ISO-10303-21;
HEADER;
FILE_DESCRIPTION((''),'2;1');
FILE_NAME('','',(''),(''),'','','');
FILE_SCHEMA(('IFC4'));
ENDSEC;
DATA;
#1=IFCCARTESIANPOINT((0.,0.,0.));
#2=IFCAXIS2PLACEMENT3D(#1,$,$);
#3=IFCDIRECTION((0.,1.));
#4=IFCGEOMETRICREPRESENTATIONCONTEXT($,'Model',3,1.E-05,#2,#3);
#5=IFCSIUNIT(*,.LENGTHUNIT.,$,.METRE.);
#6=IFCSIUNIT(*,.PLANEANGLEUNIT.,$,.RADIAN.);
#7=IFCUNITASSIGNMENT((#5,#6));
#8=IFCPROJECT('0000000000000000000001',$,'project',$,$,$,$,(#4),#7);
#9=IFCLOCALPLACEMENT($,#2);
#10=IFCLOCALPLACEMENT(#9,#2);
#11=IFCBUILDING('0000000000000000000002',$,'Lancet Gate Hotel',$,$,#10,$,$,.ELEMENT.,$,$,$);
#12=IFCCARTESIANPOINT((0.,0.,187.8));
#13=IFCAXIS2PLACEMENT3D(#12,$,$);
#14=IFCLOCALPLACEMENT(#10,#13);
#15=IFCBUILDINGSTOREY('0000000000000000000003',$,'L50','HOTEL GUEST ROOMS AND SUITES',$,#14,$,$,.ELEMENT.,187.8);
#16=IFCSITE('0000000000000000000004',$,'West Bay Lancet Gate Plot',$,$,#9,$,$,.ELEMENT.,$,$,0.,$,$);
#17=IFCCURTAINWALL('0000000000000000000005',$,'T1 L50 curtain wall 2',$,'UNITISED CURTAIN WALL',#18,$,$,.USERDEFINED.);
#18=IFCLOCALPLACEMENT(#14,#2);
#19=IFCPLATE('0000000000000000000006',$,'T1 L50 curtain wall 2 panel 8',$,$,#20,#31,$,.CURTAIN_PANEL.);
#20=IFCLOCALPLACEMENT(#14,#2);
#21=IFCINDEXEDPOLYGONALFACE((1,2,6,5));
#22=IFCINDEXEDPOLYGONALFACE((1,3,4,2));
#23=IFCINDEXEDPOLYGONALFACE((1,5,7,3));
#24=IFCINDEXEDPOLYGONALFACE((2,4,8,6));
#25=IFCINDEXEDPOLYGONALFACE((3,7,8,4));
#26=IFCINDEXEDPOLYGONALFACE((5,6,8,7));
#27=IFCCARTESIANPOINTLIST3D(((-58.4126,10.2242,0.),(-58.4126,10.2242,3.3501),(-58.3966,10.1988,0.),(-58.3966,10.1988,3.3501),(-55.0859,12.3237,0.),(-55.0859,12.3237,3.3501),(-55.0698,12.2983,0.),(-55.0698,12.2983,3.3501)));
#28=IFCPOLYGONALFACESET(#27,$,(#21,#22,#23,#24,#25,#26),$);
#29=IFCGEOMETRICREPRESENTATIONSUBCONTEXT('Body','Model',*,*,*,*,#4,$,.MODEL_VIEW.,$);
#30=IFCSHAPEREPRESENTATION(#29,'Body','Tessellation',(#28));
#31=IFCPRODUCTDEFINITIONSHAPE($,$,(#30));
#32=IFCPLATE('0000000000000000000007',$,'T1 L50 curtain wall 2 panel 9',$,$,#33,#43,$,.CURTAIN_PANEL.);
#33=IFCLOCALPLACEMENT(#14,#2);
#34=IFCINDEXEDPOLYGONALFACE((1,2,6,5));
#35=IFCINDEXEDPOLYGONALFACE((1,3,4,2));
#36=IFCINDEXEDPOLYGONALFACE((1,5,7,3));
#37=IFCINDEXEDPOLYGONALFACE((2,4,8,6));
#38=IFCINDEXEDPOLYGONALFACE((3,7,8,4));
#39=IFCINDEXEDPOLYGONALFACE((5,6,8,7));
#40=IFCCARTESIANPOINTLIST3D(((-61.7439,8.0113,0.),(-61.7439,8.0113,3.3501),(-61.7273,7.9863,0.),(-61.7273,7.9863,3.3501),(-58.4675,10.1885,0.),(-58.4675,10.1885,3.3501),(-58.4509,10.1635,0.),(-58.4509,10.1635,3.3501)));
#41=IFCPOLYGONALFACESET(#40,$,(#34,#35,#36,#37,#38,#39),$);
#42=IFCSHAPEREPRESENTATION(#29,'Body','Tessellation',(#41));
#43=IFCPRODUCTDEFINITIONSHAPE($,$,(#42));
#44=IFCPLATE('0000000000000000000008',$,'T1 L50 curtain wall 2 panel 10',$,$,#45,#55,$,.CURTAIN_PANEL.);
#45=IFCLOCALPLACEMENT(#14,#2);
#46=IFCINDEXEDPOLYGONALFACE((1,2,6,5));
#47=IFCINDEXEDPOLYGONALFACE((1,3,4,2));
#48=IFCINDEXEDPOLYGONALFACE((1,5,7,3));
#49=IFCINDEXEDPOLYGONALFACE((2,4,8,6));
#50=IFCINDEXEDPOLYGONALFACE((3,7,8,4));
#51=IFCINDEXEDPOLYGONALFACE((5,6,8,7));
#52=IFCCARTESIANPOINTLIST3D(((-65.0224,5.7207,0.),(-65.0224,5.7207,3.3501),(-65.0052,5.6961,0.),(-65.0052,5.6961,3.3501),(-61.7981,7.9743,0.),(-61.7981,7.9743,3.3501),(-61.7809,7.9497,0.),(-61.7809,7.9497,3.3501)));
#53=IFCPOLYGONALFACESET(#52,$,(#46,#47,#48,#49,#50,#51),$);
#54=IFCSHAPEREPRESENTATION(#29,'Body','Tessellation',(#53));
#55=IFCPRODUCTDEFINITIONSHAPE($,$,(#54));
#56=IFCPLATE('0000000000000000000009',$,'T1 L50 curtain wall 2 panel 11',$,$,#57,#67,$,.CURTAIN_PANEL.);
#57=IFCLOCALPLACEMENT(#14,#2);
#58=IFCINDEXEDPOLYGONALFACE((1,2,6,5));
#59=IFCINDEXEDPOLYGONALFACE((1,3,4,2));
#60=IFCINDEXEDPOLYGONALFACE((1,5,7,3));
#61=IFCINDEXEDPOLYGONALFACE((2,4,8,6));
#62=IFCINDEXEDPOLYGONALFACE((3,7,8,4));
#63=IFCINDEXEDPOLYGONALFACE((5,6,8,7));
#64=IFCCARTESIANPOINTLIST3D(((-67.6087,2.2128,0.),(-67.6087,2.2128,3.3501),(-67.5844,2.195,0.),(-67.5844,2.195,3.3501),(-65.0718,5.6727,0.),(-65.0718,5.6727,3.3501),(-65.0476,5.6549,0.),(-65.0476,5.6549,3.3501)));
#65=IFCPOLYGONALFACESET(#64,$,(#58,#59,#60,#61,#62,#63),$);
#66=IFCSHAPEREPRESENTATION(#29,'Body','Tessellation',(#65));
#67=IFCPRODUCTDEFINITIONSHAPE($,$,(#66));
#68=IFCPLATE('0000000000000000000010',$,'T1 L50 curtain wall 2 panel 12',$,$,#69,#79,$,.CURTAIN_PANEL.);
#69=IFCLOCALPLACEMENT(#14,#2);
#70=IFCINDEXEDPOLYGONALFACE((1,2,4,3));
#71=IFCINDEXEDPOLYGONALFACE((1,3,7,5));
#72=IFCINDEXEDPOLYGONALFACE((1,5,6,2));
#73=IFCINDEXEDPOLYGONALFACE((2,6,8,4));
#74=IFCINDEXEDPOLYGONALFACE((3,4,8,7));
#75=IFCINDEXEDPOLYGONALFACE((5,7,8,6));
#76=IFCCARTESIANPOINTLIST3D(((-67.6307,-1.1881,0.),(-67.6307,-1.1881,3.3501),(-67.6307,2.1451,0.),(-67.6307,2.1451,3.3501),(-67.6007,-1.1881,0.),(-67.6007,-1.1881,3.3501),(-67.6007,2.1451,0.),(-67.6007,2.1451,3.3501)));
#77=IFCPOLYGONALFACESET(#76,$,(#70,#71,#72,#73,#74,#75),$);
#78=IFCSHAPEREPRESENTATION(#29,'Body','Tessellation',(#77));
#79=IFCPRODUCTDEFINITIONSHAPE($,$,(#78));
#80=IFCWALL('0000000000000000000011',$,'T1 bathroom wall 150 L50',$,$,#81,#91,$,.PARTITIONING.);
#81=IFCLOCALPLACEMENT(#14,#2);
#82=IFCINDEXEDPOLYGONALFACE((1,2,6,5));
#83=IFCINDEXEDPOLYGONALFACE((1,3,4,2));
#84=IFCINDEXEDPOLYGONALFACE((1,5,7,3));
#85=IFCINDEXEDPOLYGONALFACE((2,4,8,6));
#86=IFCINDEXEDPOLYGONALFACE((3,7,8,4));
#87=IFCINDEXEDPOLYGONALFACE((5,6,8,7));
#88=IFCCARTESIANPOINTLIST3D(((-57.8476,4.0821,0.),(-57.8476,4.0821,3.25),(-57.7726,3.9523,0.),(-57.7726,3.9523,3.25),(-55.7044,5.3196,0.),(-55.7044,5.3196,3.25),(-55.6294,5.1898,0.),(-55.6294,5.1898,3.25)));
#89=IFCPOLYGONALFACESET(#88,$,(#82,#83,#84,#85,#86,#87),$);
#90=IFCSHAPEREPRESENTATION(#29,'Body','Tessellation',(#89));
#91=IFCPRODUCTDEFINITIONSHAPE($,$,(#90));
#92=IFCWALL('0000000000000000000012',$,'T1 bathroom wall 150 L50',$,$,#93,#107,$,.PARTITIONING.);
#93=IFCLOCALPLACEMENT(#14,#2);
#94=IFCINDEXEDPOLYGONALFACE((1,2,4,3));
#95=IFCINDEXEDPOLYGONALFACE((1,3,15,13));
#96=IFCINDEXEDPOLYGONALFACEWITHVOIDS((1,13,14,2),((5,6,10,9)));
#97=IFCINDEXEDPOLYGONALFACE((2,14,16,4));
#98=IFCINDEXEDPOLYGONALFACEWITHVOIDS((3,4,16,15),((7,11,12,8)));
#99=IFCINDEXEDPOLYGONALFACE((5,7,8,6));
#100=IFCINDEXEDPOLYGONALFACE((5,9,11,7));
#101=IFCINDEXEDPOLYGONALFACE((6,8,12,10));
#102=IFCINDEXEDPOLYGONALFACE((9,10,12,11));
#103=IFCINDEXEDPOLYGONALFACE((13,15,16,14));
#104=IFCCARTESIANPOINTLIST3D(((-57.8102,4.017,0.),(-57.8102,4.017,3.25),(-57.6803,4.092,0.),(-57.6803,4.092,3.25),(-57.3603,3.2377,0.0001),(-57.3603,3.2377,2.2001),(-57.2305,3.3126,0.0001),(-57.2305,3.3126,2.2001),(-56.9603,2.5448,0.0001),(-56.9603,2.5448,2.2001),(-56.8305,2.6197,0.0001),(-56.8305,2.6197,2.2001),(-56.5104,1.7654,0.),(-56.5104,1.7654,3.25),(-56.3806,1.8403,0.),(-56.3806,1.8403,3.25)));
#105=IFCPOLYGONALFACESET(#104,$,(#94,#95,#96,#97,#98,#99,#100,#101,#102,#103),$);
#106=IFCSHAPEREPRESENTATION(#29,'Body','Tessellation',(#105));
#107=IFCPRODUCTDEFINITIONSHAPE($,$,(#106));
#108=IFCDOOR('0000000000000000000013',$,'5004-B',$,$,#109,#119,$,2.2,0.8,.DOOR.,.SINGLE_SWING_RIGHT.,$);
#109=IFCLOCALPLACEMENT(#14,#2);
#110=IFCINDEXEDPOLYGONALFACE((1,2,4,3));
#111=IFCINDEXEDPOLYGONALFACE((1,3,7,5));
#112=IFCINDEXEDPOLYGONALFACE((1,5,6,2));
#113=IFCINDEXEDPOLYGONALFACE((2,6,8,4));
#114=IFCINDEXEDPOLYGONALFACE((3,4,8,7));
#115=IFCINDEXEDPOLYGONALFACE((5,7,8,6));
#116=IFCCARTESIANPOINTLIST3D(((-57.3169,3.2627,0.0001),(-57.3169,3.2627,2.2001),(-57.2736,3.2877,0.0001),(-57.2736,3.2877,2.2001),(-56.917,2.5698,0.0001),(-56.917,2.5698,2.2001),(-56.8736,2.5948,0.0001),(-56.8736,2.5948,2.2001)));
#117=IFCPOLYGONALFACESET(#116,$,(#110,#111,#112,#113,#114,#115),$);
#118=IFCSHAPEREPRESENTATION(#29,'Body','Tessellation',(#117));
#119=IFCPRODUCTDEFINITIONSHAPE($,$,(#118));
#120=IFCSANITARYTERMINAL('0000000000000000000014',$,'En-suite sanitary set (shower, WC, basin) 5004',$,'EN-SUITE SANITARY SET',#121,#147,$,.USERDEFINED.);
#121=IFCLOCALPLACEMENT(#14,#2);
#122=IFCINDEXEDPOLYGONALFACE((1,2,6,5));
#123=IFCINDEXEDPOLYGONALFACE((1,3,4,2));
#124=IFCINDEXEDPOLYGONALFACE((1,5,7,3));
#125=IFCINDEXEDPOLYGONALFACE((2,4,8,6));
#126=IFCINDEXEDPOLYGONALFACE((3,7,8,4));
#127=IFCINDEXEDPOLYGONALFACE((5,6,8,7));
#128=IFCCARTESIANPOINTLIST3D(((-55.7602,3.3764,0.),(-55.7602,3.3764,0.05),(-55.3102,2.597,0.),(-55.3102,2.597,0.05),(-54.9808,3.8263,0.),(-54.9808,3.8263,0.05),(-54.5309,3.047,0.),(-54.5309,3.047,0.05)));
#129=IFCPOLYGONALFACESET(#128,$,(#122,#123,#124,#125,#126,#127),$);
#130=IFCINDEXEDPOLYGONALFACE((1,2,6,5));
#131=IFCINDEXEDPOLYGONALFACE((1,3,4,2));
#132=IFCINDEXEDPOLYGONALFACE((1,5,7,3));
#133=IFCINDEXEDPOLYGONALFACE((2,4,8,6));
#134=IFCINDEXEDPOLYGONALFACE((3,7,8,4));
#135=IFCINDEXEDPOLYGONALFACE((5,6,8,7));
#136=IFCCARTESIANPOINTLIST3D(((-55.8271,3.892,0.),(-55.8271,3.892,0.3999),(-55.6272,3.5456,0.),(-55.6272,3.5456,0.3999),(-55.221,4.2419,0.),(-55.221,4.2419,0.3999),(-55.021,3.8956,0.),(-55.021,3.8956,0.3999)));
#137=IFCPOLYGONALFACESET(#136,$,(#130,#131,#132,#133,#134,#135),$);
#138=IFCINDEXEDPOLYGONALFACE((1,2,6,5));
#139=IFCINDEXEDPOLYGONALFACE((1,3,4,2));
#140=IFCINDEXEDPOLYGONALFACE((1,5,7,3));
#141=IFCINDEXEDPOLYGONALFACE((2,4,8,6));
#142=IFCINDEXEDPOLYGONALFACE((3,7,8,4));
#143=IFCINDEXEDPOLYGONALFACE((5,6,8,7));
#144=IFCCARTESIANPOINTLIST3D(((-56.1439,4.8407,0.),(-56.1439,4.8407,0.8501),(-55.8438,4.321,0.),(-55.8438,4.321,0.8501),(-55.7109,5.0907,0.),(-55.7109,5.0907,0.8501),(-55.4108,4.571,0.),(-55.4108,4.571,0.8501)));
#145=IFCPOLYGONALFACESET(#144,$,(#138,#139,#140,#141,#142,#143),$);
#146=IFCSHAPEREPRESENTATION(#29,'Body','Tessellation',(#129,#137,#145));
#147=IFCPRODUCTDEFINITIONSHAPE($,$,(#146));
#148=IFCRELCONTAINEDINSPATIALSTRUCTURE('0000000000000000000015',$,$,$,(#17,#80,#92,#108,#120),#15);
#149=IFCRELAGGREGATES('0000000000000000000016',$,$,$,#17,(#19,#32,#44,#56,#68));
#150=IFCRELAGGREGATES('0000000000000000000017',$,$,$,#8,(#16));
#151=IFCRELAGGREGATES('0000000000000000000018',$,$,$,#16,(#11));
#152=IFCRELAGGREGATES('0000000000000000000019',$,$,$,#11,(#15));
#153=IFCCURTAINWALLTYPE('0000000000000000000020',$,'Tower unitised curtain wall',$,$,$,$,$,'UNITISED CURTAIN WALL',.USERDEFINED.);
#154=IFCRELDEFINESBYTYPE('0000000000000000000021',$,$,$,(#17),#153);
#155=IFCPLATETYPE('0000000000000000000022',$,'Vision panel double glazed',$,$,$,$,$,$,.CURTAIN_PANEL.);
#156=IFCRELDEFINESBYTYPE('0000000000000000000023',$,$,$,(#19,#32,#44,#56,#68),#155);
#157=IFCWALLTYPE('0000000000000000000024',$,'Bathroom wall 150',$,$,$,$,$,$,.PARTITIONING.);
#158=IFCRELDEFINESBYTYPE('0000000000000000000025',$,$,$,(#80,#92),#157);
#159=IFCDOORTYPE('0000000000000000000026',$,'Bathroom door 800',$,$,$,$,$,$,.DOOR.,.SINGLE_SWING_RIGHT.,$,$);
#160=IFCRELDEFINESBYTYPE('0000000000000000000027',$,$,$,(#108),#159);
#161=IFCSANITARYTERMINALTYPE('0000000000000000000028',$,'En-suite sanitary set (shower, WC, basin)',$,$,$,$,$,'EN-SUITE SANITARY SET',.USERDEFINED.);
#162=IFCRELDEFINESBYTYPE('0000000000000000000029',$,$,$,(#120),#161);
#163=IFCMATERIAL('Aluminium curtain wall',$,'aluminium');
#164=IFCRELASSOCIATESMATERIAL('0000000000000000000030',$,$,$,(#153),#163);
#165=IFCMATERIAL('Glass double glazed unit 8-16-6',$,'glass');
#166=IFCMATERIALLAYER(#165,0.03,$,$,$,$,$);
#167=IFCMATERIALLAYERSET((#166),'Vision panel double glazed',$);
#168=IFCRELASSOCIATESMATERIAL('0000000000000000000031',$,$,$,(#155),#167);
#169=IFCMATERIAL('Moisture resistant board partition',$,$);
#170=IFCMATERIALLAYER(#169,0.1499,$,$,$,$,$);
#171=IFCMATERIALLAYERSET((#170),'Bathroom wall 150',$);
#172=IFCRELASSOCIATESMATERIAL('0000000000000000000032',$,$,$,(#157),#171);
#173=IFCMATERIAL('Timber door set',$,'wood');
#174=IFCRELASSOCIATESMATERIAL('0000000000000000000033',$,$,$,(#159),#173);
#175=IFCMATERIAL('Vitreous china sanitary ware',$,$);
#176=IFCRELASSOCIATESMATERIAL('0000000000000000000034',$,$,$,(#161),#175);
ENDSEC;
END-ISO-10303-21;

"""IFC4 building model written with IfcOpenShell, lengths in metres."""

from ifc_helpers import new_model, si_unit, direction, frame, frame_2d, origin, origin_2d, place, context, subcontext, project, spatial, rectangle, extrude, material, layer, layer_set, type_object, element, fill, aggregate, save


model = new_model("IFC4")

# Units and contexts
model_context = context("Model", 3, precision=1e-05, world=origin(), true_north=direction((0.0, 1.0)))
body_context = subcontext(model_context, "Body", "Model", "MODEL_VIEW")
ifc_project = project(units=[si_unit("LENGTHUNIT", "METRE"), si_unit("PLANEANGLEUNIT", "RADIAN")], contexts=[model_context])

# Site, building, storey
site_placement = place(None, origin())
site = spatial("IfcSite", under=ifc_project, at=site_placement, Name="West Bay Lancet Gate Plot", CompositionType="ELEMENT", RefElevation=0.0)
building_placement = place(site_placement, origin())
building = spatial("IfcBuilding", under=site, at=building_placement, Name="Lancet Gate Hotel", CompositionType="ELEMENT")
storey_placement = place(building_placement, frame((0.0, 0.0, 187.8)))
storey = spatial("IfcBuildingStorey", under=building, at=storey_placement, Name="L50", Description="HOTEL GUEST ROOMS AND SUITES", CompositionType="ELEMENT", Elevation=187.8)

# Curtain wall
ifc_material_1 = material(Name="Aluminium curtain wall", Category="aluminium")
curtain_wall_type = type_object("IfcCurtainWallType", Name="Tower unitised curtain wall", ElementType="UNITISED CURTAIN WALL", PredefinedType="USERDEFINED", material=ifc_material_1)
curtain_wall_placement = place(storey_placement, origin())
curtain_wall = element("IfcCurtainWall", 1, at=curtain_wall_placement, inside=storey, type_object=curtain_wall_type, Name="T1 L50 curtain wall 2", ObjectType="UNITISED CURTAIN WALL", PredefinedType="USERDEFINED")

# Plates
ifc_material_2 = material(Name="Glass double glazed unit 8-16-6", Category="glass")
ifc_layer_1 = layer(ifc_material_2, 0.03)
ifc_layer_set_1 = layer_set([ifc_layer_1], Name="Vision panel double glazed")
plate_type = type_object("IfcPlateType", Name="Vision panel double glazed", PredefinedType="CURTAIN_PANEL", material=ifc_layer_set_1)
plate_1_placement = place(storey_placement, frame((-56.7412, 11.2612, 0.0), z_axis=(0.0, 0.0, 1.0), x_axis=(-0.845667, -0.533711, 0.0)))
plate_1 = element("IfcPlate", 2, at=plate_1_placement, type_object=plate_type, Name="T1 L50 curtain wall 2 panel 8", PredefinedType="CURTAIN_PANEL", context=body_context, shape_type="SweptSolid", body=[
    extrude(rectangle(XDim=3.9338, YDim=0.03, at=origin_2d()), origin(), (0.0, 0.0, 1.0), 3.3501),
])
plate_2_placement = place(storey_placement, frame((-60.0974, 9.0874, 0.0), z_axis=(0.0, 0.0, 1.0), x_axis=(-0.832879, -0.553455, 0.0)))
plate_2 = element("IfcPlate", 3, at=plate_2_placement, type_object=plate_type, Name="T1 L50 curtain wall 2 panel 9", PredefinedType="CURTAIN_PANEL", context=body_context, shape_type="SweptSolid", body=[
    extrude(rectangle(XDim=3.9338, YDim=0.03, at=origin_2d()), origin(), (0.0, 0.0, 1.0), 3.3501),
])
plate_3_placement = place(storey_placement, frame((-63.4016, 6.8352, 0.0), z_axis=(0.0, 0.0, 1.0), x_axis=(-0.819631, -0.572892, 0.0)))
plate_3 = element("IfcPlate", 4, at=plate_3_placement, type_object=plate_type, Name="T1 L50 curtain wall 2 panel 10", PredefinedType="CURTAIN_PANEL", context=body_context, shape_type="SweptSolid", body=[
    extrude(rectangle(XDim=3.9338, YDim=0.03, at=origin_2d()), origin(), (0.0, 0.0, 1.0), 3.3501),
])
plate_4_placement = place(storey_placement, frame((-66.3281, 3.9338, 0.0), z_axis=(0.0, 0.0, 1.0), x_axis=(-0.5913, -0.806452, 0.0)))
plate_4 = element("IfcPlate", 5, at=plate_4_placement, type_object=plate_type, Name="T1 L50 curtain wall 2 panel 11", PredefinedType="CURTAIN_PANEL", context=body_context, shape_type="SweptSolid", body=[
    extrude(rectangle(XDim=4.2903, YDim=0.03, at=origin_2d()), origin(), (0.0, 0.0, 1.0), 3.3501),
])
plate_5_placement = place(storey_placement, frame((-67.6157, 0.4785, 0.0), z_axis=(0.0, 0.0, 1.0), x_axis=(0.0, -1.0, 0.0)))
plate_5 = element("IfcPlate", 6, at=plate_5_placement, type_object=plate_type, Name="T1 L50 curtain wall 2 panel 12", PredefinedType="CURTAIN_PANEL", context=body_context, shape_type="SweptSolid", body=[
    extrude(rectangle(XDim=3.3333, YDim=0.03, at=origin_2d()), origin(), (0.0, 0.0, 1.0), 3.3501),
])
aggregate(curtain_wall, [plate_1, plate_2, plate_3, plate_4, plate_5])

# Wall
ifc_material_3 = material(Name="Moisture resistant board partition")
ifc_layer_2 = layer(ifc_material_3, 0.1499)
ifc_layer_set_2 = layer_set([ifc_layer_2], Name="Bathroom wall 150")
wall_type = type_object("IfcWallType", Name="Bathroom wall 150", PredefinedType="PARTITIONING", material=ifc_layer_set_2)
wall_1_placement = place(storey_placement, frame((-55.667, 5.2546, 0.0), z_axis=(0.0, 0.0, 1.0), x_axis=(-0.866007, -0.500033, 0.0)))
element("IfcWall", 7, at=wall_1_placement, inside=storey, type_object=wall_type, Name="T1 bathroom wall 150 L50", PredefinedType="PARTITIONING", context=body_context, shape_type="SweptSolid", body=[
    extrude(rectangle(XDim=2.4749, YDim=0.1499, at=frame_2d((1.2373, 0.0))), origin(), (0.0, 0.0, 1.0), 3.25),
])

# Wall, opening, door
wall_2_placement = place(storey_placement, frame((-56.4456, 1.803, 0.0), z_axis=(0.0, 0.0, 1.0), x_axis=(-0.499937, 0.866062, 0.0)))
wall_2 = element("IfcWall", 8, at=wall_2_placement, inside=storey, type_object=wall_type, Name="T1 bathroom wall 150 L50", PredefinedType="PARTITIONING", context=body_context, shape_type="SweptSolid", body=[
    extrude(rectangle(XDim=2.5999, YDim=0.1499, at=frame_2d((1.2998, 0.0))), origin(), (0.0, 0.0, 1.0), 3.25),
])
opening_placement = place(wall_2_placement, frame((0.8999, 0.0, 0.0)))
opening = element("IfcOpeningElement", 9, at=opening_placement, cuts=wall_2, PredefinedType="OPENING", context=body_context, shape_type="SweptSolid", body=[
    extrude(rectangle(XDim=0.8, YDim=2.2, at=frame_2d((0.3999, 1.1001))), frame((0.0, 0.085, 0.0), z_axis=(0.0, -1.0, 0.0), x_axis=(1.0, 0.0, 0.0)), (0.0, 0.0, 1.0), 0.1699),
])
ifc_material_4 = material(Name="Timber door set", Category="wood")
door_type = type_object("IfcDoorType", Name="Bathroom door 800", OperationType="SINGLE_SWING_RIGHT", PredefinedType="DOOR", material=ifc_material_4)
door_placement = place(opening_placement, origin())
door = element("IfcDoor", 10, at=door_placement, inside=storey, type_object=door_type, Name="5004-B", OperationType="SINGLE_SWING_RIGHT", OverallHeight=2.2, OverallWidth=0.8, PredefinedType="DOOR", context=body_context, shape_type="SweptSolid", body=[
    extrude(rectangle(XDim=0.8, YDim=2.2, at=frame_2d((0.3999, 1.1001))), frame((0.0, 0.0249, 0.0), z_axis=(0.0, -1.0, 0.0), x_axis=(1.0, 0.0, 0.0)), (0.0, 0.0, 1.0), 0.05),
])
fill(opening, door)

# Sanitary terminal
ifc_material_5 = material(Name="Vitreous china sanitary ware")
sanitary_terminal_type = type_object("IfcSanitaryTerminalType", Name="En-suite sanitary set (shower, WC, basin)", ElementType="EN-SUITE SANITARY SET", PredefinedType="USERDEFINED", material=ifc_material_5)
sanitary_terminal_placement = place(storey_placement, frame((-55.1455, 3.2117, 0.0), z_axis=(0.0, 0.0, 1.0), x_axis=(1.0, 0.0, 0.0)))
element("IfcSanitaryTerminal", 11, at=sanitary_terminal_placement, inside=storey, type_object=sanitary_terminal_type, Name="En-suite sanitary set (shower, WC, basin) 5004", ObjectType="EN-SUITE SANITARY SET", PredefinedType="USERDEFINED", context=body_context, shape_type="SweptSolid", body=[
    extrude(rectangle(XDim=0.8999, YDim=0.8999, at=origin_2d()), frame((0.0, 0.0, 0.0), z_axis=(0.0, 0.0, 1.0), x_axis=(0.5, -0.866025, 0.0)), (0.0, 0.0, 1.0), 0.05),
    extrude(rectangle(XDim=0.3999, YDim=0.7, at=origin_2d()), frame((-0.2786, 0.6821, 0.0), z_axis=(0.0, 0.0, 1.0), x_axis=(0.5, -0.866025, 0.0)), (0.0, 0.0, 1.0), 0.3999),
    extrude(rectangle(XDim=0.6001, YDim=0.5, at=origin_2d()), frame((-0.6318, 1.4941, 0.0), z_axis=(0.0, 0.0, 1.0), x_axis=(0.5, -0.866025, 0.0)), (0.0, 0.0, 1.0), 0.8501),
])

save(model, "model.ifc")
